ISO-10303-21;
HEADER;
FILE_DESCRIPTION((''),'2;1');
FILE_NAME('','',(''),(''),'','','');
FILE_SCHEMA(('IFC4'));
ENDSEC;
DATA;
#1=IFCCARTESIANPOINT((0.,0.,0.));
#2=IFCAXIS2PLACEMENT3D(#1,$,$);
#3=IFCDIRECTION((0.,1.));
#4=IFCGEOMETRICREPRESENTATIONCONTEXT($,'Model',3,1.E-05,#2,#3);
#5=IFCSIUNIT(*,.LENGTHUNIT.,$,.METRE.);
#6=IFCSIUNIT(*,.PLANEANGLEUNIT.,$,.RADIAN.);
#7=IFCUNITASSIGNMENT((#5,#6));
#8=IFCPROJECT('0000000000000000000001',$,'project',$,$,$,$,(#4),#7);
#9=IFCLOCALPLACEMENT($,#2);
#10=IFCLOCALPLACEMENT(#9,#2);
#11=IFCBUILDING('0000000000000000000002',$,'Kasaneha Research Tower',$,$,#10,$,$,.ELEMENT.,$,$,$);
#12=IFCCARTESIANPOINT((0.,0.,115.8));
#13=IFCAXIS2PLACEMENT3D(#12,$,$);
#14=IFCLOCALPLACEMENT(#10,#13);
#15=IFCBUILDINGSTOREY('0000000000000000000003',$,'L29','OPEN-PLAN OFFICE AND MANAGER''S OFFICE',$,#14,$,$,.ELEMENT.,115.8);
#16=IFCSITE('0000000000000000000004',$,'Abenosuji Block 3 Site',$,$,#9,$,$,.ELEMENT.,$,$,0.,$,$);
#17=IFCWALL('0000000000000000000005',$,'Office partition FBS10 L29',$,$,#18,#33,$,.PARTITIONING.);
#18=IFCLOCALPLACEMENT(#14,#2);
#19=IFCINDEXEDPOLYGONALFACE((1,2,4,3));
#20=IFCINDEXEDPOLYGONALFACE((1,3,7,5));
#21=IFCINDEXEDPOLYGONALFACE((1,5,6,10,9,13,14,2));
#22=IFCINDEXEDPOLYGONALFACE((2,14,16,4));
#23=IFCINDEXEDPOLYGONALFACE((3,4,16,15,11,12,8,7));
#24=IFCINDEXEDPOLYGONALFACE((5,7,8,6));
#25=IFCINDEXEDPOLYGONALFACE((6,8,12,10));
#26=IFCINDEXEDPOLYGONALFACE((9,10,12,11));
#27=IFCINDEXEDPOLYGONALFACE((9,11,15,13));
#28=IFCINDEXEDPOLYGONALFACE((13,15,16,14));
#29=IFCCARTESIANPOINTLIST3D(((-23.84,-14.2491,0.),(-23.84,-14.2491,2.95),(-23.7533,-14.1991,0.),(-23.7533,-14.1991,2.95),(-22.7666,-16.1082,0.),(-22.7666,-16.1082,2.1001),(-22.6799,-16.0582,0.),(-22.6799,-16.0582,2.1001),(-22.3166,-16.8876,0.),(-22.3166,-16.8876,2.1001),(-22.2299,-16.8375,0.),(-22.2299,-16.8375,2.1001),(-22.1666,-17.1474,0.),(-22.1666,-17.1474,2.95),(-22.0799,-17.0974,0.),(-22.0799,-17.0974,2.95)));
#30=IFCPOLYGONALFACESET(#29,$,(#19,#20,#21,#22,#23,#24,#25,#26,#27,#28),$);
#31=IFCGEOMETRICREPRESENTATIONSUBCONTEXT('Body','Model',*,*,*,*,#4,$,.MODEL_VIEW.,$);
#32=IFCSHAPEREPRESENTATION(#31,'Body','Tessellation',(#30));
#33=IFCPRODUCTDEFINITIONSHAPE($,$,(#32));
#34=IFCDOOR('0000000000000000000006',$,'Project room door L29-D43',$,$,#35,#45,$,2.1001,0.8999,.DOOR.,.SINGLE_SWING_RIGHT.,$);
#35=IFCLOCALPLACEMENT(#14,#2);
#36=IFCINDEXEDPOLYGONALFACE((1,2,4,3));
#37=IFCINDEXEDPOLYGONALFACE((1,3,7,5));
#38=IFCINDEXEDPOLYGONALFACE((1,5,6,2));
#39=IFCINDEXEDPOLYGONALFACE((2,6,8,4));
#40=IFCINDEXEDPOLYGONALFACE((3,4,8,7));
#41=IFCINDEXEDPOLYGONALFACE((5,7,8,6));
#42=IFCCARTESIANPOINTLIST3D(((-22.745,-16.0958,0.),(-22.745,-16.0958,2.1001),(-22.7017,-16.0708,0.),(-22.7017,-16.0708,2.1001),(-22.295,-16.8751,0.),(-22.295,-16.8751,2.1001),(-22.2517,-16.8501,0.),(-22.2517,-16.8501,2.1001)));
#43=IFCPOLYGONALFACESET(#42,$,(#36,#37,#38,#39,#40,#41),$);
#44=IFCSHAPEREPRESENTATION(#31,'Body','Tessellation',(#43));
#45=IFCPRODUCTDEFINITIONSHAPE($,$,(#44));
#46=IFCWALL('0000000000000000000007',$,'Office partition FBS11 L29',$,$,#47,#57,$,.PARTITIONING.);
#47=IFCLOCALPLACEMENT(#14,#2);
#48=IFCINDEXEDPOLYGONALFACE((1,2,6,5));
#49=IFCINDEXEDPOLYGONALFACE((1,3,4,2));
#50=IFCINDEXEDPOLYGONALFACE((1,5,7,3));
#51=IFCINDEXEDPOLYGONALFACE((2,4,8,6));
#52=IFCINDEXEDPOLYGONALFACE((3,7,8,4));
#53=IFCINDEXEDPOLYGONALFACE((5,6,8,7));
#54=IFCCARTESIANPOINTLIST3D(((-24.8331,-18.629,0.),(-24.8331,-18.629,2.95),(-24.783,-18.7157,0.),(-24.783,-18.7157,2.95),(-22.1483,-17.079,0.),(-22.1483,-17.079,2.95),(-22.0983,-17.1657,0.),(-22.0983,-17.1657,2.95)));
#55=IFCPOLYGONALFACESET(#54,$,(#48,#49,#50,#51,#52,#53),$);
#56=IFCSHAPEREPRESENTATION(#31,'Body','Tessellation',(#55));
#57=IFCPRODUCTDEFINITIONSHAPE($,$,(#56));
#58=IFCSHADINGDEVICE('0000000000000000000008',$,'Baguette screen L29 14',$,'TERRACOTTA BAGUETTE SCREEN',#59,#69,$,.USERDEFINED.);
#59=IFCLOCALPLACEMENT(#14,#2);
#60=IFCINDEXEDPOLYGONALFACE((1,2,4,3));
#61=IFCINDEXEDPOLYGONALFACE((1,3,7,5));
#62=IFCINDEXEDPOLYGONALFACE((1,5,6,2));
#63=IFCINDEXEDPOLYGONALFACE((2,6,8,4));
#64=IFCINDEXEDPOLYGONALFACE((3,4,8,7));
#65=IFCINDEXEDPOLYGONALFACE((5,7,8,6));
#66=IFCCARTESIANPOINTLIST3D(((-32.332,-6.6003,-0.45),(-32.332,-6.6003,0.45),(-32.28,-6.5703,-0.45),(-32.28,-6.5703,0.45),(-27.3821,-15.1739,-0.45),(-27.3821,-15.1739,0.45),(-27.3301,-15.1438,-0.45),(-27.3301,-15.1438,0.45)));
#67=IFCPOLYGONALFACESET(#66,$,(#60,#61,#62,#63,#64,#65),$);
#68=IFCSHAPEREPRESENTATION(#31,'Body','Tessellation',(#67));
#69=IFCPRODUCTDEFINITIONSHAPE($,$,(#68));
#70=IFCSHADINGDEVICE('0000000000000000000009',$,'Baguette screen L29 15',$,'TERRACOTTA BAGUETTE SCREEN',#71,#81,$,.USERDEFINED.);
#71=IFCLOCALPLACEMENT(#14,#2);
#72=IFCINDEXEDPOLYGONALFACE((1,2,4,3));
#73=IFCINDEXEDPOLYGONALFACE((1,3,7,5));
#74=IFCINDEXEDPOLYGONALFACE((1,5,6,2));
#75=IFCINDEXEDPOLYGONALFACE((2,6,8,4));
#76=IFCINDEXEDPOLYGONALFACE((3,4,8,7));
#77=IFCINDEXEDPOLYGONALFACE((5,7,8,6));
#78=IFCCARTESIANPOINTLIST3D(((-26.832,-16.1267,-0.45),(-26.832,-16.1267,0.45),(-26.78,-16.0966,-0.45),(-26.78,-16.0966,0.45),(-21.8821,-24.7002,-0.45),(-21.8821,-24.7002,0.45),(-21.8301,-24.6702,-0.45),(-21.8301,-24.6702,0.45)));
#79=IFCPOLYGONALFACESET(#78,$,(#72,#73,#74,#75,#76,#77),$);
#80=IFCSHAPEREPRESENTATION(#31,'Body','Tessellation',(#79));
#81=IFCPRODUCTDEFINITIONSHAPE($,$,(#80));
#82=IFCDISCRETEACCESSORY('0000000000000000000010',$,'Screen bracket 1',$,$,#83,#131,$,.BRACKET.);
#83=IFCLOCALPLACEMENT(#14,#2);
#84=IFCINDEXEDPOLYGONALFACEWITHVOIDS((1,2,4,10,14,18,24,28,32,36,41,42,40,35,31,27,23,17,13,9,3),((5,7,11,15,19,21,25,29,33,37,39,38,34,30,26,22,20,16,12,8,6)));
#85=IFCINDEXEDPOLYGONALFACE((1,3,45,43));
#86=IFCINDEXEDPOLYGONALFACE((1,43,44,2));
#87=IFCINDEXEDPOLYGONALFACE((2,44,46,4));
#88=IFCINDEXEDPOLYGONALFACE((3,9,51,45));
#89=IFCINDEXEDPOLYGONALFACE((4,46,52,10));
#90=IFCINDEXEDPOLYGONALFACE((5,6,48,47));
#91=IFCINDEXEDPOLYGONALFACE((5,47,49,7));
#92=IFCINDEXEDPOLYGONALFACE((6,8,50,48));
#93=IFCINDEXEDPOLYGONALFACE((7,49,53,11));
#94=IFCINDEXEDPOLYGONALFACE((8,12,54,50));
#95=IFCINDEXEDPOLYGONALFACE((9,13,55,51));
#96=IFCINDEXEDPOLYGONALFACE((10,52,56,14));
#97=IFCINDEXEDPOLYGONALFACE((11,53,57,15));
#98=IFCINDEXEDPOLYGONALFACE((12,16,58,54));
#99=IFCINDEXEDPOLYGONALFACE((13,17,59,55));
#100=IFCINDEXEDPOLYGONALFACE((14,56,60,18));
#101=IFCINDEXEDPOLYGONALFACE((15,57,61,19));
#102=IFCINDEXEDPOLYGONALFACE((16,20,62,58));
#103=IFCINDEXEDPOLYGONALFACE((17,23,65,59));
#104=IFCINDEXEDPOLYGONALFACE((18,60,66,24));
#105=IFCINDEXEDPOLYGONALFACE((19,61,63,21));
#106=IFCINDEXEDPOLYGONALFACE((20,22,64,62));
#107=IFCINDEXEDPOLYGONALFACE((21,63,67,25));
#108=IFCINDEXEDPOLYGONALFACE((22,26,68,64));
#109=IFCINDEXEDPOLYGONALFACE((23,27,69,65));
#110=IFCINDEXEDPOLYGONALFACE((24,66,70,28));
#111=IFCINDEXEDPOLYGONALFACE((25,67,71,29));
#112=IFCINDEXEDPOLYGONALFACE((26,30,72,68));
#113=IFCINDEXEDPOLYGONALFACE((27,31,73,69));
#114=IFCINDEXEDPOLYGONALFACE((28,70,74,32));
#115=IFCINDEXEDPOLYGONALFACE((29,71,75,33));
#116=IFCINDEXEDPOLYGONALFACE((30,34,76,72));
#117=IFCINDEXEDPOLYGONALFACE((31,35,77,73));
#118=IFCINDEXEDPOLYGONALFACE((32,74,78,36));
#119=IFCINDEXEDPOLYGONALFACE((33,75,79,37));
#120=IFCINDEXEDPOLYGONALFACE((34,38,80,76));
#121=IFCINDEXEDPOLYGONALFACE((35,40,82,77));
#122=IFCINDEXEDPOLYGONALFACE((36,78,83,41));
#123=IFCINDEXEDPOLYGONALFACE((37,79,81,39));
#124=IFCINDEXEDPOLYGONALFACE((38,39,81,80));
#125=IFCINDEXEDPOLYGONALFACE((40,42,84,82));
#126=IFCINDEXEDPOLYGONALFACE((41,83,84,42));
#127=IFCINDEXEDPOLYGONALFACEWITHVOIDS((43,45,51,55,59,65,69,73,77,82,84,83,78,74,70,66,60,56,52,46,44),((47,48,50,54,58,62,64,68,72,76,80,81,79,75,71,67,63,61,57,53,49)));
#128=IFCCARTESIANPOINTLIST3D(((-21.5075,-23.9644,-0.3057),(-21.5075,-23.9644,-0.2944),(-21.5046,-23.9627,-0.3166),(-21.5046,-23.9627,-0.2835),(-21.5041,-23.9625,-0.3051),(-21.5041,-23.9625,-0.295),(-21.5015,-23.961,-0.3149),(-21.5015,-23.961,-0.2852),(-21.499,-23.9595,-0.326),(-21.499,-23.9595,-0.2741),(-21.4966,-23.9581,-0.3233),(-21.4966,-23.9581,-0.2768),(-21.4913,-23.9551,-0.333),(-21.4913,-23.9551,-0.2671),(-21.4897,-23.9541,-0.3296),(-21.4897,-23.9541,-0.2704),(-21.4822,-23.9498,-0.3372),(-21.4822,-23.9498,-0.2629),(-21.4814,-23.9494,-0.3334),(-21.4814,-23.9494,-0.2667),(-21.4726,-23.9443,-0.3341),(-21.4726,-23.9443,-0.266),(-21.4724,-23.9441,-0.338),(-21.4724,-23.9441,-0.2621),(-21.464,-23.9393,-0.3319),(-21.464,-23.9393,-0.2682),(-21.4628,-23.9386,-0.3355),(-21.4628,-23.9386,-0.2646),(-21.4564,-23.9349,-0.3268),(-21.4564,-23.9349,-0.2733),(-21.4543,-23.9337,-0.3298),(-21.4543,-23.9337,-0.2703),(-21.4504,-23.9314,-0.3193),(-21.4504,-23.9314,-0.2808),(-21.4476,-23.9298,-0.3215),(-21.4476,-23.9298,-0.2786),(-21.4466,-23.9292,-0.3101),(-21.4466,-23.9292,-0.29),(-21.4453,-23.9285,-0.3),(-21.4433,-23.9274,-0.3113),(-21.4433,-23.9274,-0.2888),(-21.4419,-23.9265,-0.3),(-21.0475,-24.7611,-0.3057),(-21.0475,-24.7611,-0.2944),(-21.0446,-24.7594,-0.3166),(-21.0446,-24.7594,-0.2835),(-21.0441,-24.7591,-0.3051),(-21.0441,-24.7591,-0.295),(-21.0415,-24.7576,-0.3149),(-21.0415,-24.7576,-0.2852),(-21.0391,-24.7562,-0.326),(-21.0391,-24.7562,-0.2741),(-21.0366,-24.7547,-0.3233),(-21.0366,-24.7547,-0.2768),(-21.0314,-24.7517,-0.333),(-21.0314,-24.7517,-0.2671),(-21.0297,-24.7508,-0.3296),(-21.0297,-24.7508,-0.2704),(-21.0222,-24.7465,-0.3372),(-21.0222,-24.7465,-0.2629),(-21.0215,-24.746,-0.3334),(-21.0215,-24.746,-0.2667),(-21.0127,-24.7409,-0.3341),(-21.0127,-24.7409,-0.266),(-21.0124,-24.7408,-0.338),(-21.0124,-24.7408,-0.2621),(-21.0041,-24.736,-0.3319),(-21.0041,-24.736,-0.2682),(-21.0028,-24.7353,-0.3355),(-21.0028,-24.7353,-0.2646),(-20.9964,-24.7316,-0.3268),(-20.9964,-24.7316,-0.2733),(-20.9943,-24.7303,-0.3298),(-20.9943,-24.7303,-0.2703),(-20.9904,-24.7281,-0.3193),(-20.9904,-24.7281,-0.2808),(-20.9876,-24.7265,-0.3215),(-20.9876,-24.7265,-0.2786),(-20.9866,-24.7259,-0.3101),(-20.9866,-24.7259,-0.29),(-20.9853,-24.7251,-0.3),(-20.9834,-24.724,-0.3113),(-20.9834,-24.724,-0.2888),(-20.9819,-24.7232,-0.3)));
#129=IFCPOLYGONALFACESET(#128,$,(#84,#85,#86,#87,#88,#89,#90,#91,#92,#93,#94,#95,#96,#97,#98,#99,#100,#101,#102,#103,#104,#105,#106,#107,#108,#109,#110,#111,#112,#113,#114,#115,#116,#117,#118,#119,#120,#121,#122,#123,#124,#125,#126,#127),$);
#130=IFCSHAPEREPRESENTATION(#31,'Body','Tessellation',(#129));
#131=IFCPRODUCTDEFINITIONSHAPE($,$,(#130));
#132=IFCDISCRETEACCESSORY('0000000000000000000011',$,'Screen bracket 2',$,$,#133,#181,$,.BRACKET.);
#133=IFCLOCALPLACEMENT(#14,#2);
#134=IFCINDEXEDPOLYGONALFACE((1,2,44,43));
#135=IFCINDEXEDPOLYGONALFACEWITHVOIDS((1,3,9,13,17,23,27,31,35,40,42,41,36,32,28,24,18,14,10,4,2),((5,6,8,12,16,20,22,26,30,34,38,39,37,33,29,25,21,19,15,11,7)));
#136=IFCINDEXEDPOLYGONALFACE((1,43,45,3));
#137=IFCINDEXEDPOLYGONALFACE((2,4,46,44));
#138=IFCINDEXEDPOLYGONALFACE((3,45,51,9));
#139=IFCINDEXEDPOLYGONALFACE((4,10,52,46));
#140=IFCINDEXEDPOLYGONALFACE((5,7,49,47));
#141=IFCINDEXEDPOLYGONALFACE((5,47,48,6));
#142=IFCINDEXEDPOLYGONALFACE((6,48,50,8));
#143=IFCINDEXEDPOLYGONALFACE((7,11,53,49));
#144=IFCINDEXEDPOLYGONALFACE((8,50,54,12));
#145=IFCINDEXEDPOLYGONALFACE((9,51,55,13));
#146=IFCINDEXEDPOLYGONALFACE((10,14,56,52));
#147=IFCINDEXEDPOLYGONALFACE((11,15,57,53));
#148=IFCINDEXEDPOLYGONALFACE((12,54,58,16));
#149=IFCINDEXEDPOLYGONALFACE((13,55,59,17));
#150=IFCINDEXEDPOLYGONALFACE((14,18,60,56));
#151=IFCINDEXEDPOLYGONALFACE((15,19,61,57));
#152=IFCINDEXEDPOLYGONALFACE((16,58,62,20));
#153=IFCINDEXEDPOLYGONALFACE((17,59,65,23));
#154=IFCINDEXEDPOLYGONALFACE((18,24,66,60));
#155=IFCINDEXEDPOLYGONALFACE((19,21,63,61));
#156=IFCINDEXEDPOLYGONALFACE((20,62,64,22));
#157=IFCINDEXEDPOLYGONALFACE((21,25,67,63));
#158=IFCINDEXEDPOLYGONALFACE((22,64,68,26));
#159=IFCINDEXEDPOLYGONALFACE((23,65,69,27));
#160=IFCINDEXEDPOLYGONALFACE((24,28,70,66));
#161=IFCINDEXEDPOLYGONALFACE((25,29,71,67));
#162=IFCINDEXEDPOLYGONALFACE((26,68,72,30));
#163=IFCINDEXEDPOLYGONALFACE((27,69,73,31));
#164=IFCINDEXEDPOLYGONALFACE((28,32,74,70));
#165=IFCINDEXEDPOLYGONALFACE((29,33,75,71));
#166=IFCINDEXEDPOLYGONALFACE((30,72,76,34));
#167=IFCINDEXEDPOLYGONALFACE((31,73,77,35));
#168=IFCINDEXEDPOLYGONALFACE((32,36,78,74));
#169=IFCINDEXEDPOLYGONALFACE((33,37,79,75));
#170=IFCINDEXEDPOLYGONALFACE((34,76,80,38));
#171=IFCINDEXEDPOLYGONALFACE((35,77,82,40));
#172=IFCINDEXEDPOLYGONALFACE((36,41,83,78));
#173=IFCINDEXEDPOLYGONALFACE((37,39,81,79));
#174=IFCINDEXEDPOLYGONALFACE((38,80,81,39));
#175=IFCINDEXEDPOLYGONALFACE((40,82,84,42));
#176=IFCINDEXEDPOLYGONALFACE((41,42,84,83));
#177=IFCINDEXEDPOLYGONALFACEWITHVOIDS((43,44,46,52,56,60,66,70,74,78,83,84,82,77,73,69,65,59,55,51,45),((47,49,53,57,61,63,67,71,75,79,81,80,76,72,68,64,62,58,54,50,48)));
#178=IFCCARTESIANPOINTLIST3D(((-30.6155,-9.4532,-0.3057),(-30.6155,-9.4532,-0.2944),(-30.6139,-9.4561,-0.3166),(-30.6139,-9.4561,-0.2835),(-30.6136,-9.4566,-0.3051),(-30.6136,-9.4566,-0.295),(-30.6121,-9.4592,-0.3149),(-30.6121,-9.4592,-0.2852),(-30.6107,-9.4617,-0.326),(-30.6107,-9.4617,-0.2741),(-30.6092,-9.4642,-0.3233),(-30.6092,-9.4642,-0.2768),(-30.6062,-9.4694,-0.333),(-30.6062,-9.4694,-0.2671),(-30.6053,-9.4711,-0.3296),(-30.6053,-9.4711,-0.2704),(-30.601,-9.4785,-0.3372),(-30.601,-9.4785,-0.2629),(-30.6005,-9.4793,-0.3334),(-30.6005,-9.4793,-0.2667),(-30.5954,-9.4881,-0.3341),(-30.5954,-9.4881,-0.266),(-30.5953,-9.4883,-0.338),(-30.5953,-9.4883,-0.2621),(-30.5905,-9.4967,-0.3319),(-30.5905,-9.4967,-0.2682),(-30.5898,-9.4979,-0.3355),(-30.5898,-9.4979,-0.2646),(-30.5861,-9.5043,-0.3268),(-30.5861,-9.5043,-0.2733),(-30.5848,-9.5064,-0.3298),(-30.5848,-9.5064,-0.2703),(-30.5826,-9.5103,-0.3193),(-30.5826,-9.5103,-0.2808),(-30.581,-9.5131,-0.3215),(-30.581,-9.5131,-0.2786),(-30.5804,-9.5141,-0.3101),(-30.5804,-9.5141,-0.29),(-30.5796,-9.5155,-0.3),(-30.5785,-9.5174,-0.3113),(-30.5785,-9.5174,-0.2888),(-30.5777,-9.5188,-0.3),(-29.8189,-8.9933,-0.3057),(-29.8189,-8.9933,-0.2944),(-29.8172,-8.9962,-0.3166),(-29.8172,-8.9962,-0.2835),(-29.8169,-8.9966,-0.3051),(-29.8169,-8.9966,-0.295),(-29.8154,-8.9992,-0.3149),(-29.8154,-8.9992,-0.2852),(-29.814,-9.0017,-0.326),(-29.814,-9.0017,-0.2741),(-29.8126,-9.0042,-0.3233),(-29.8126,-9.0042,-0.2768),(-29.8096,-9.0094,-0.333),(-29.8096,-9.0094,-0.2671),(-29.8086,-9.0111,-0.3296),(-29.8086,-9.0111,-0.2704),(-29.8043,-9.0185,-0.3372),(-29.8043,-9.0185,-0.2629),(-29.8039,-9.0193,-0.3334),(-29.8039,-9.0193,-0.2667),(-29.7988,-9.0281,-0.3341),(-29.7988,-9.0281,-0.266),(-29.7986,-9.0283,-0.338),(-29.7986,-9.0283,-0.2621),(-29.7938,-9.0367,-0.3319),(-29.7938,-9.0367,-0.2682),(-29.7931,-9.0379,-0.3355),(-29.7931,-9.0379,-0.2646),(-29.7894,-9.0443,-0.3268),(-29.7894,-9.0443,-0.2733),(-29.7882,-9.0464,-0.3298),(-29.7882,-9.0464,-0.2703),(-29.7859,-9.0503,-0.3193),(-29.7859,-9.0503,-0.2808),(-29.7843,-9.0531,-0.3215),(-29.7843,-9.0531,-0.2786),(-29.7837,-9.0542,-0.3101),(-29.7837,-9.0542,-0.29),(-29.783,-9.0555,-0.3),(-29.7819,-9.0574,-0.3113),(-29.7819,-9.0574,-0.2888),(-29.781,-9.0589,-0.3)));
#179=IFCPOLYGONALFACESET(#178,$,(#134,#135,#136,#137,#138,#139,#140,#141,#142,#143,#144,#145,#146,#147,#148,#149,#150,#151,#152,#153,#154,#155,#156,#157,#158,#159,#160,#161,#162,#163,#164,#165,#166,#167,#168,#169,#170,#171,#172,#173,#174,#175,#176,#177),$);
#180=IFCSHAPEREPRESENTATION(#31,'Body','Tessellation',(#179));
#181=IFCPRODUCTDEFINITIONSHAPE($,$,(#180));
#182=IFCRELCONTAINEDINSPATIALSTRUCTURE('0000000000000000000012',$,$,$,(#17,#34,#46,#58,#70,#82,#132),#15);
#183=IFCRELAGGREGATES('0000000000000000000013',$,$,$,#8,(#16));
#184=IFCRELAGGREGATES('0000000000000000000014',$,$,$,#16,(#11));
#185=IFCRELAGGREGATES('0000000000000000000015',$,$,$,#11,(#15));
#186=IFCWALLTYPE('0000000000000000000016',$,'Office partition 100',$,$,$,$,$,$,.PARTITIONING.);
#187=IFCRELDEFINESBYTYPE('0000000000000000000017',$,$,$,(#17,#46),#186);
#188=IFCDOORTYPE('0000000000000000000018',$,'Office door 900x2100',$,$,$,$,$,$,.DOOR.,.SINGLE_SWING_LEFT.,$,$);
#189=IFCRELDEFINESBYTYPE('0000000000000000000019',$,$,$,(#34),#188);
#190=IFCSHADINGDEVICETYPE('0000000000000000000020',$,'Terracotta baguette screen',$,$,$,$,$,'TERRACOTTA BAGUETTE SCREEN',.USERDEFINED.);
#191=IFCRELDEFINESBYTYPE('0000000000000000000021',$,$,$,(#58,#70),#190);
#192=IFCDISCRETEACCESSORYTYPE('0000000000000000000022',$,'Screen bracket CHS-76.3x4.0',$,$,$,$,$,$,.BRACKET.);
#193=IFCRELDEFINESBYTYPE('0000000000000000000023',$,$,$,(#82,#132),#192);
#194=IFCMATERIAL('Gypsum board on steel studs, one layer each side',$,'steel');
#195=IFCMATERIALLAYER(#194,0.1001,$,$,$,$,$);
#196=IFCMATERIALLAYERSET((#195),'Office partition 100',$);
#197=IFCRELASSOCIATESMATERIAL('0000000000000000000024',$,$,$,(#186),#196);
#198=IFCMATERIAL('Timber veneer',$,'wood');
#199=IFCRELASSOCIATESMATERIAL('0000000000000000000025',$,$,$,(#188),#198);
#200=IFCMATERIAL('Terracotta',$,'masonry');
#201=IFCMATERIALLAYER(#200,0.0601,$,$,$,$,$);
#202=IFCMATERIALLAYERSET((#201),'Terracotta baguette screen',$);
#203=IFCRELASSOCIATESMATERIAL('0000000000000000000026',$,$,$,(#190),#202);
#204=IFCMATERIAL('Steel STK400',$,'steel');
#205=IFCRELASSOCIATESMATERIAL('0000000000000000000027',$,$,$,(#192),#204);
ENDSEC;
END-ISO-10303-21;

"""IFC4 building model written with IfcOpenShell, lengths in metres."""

from ifc_helpers import new_model, si_unit, direction, frame, frame_2d, origin, origin_2d, place, context, subcontext, project, spatial, rectangle, hollow_circle, extrude, material, layer, layer_set, material_profile, profile_set, type_object, element, fill, save


model = new_model("IFC4")

# Units and contexts
model_context = context("Model", 3, precision=1e-05, world=origin(), true_north=direction((0.0, 1.0)))
body_context = subcontext(model_context, "Body", "Model", "MODEL_VIEW")
ifc_project = project(units=[si_unit("LENGTHUNIT", "METRE"), si_unit("PLANEANGLEUNIT", "RADIAN")], contexts=[model_context])

# Site, building, storey
site_placement = place(None, origin())
site = spatial("IfcSite", under=ifc_project, at=site_placement, Name="Abenosuji Block 3 Site", CompositionType="ELEMENT", RefElevation=0.0)
building_placement = place(site_placement, origin())
building = spatial("IfcBuilding", under=site, at=building_placement, Name="Kasaneha Research Tower", CompositionType="ELEMENT")
storey_placement = place(building_placement, frame((0.0, 0.0, 115.8)))
storey = spatial("IfcBuildingStorey", under=building, at=storey_placement, Name="L29", Description="OPEN-PLAN OFFICE AND MANAGER'S OFFICE", CompositionType="ELEMENT", Elevation=115.8)

# Wall, opening, door
ifc_material_1 = material(Name="Gypsum board on steel studs, one layer each side", Category="steel")
ifc_layer_1 = layer(ifc_material_1, 0.1001)
ifc_layer_set_1 = layer_set([ifc_layer_1], Name="Office partition 100")
wall_type = type_object("IfcWallType", Name="Office partition 100", PredefinedType="PARTITIONING", material=ifc_layer_set_1)
ifc_material_2 = material(Name="Timber veneer", Category="wood")
door_type = type_object("IfcDoorType", Name="Office door 900x2100", OperationType="SINGLE_SWING_LEFT", PredefinedType="DOOR", material=ifc_material_2)
wall_1_placement = place(storey_placement, frame((-23.7966, -14.2241, 0.0), z_axis=(0.0, 0.0, 1.0), x_axis=(0.500015, -0.866017, 0.0)))
wall_1 = element("IfcWall", 1, at=wall_1_placement, inside=storey, type_object=wall_type, Name="Office partition FBS10 L29", PredefinedType="PARTITIONING", context=body_context, shape_type="SweptSolid", body=[
    extrude(rectangle(XDim=3.3467, YDim=0.1001, at=frame_2d((1.6733, 0.0))), origin(), (0.0, 0.0, 1.0), 2.95),
])
opening_1_placement = place(wall_1_placement, frame((2.1467, 0.0, 0.0)))
opening_1 = element("IfcOpeningElement", 2, at=opening_1_placement, cuts=wall_1, PredefinedType="OPENING", context=body_context, shape_type="SweptSolid", body=[
    extrude(rectangle(XDim=0.8999, YDim=2.1001, at=frame_2d((0.45, 1.05))), frame((0.0, 0.0601, 0.0), z_axis=(0.0, -1.0, 0.0), x_axis=(1.0, 0.0, 0.0)), (0.0, 0.0, 1.0), 0.1201),
])
door_1_placement = place(opening_1_placement, origin())
door_1 = element("IfcDoor", 3, at=door_1_placement, inside=storey, type_object=door_type, Name="Project room door L29-D43", OperationType="SINGLE_SWING_RIGHT", OverallHeight=2.1001, OverallWidth=0.8999, PredefinedType="DOOR", context=body_context, shape_type="SweptSolid", body=[
    extrude(rectangle(XDim=0.8999, YDim=2.1001, at=frame_2d((0.45, 1.05))), frame((0.0, 0.0249, 0.0), z_axis=(0.0, -1.0, 0.0), x_axis=(1.0, 0.0, 0.0)), (0.0, 0.0, 1.0), 0.05),
])
fill(opening_1, door_1)

# Wall
wall_2_placement = place(storey_placement, frame((-22.1233, -17.1223, 0.0), z_axis=(0.0, 0.0, 1.0), x_axis=(-0.86603, -0.499993, 0.0)))
element("IfcWall", 4, at=wall_2_placement, inside=storey, type_object=wall_type, Name="Office partition FBS11 L29", PredefinedType="PARTITIONING", context=body_context, shape_type="SweptSolid", body=[
    extrude(rectangle(XDim=3.1001, YDim=0.1001, at=frame_2d((1.55, 0.0))), origin(), (0.0, 0.0, 1.0), 2.95),
])

# Shading devices
ifc_material_3 = material(Name="Terracotta", Category="masonry")
ifc_layer_2 = layer(ifc_material_3, 0.0601)
ifc_layer_set_2 = layer_set([ifc_layer_2], Name="Terracotta baguette screen")
shading_device_type = type_object("IfcShadingDeviceType", Name="Terracotta baguette screen", ElementType="TERRACOTTA BAGUETTE SCREEN", PredefinedType="USERDEFINED", material=ifc_layer_set_2)
for number, where, z_axis, x_axis, name in (
    (5, (-29.8311, -10.8721, -0.45), (0.0, 0.0, 1.0), (0.5, -0.866025, 0.0), "Baguette screen L29 14"),
    (6, (-24.3311, -20.3984, -0.45), (0.0, 0.0, 1.0), (0.5, -0.866025, 0.0), "Baguette screen L29 15"),
):
    element("IfcShadingDevice", number, at=place(storey_placement, frame(where, z_axis=z_axis, x_axis=x_axis)), inside=storey, type_object=shading_device_type, Name=name, ObjectType="TERRACOTTA BAGUETTE SCREEN", PredefinedType="USERDEFINED", context=body_context, shape_type="SweptSolid", body=[
        extrude(rectangle(XDim=9.8999, YDim=0.0601, at=origin_2d()), origin(), (0.0, 0.0, 1.0), 0.8999),
    ])

# Discrete accessories
ifc_material_4 = material(Name="Steel STK400", Category="steel")
ifc_material_profile_1 = material_profile(ifc_material_4, hollow_circle(Radius=0.0381, WallThickness=0.0039, at=origin_2d()), Name="CHS-76.3x4.0")
ifc_profile_set_1 = profile_set([ifc_material_profile_1], Name="Steel STK400")
discrete_accessory_type = type_object("IfcDiscreteAccessoryType", Name="Screen bracket CHS-76.3x4.0", PredefinedType="BRACKET", material=ifc_profile_set_1)
for number, where, z_axis, x_axis, name in (
    (7, (-21.4749, -23.9456, -0.3), (0.500021, -0.866013, 0.0), (0.866013, 0.500021, 0.0), "Screen bracket 1"),
    (8, (-29.8, -9.0259, -0.3), (-0.866013, -0.500021, 0.0), (0.500021, -0.866013, 0.0), "Screen bracket 2"),
):
    element("IfcDiscreteAccessory", number, at=place(storey_placement, frame(where, z_axis=z_axis, x_axis=x_axis)), inside=storey, type_object=discrete_accessory_type, Name=name, PredefinedType="BRACKET", context=body_context, shape_type="SweptSolid", body=[
        extrude(hollow_circle(Radius=0.0381, WallThickness=0.0039, at=origin_2d()), origin(), (0.0, 0.0, 1.0), 0.9199),
    ])

save(model, "model.ifc")
